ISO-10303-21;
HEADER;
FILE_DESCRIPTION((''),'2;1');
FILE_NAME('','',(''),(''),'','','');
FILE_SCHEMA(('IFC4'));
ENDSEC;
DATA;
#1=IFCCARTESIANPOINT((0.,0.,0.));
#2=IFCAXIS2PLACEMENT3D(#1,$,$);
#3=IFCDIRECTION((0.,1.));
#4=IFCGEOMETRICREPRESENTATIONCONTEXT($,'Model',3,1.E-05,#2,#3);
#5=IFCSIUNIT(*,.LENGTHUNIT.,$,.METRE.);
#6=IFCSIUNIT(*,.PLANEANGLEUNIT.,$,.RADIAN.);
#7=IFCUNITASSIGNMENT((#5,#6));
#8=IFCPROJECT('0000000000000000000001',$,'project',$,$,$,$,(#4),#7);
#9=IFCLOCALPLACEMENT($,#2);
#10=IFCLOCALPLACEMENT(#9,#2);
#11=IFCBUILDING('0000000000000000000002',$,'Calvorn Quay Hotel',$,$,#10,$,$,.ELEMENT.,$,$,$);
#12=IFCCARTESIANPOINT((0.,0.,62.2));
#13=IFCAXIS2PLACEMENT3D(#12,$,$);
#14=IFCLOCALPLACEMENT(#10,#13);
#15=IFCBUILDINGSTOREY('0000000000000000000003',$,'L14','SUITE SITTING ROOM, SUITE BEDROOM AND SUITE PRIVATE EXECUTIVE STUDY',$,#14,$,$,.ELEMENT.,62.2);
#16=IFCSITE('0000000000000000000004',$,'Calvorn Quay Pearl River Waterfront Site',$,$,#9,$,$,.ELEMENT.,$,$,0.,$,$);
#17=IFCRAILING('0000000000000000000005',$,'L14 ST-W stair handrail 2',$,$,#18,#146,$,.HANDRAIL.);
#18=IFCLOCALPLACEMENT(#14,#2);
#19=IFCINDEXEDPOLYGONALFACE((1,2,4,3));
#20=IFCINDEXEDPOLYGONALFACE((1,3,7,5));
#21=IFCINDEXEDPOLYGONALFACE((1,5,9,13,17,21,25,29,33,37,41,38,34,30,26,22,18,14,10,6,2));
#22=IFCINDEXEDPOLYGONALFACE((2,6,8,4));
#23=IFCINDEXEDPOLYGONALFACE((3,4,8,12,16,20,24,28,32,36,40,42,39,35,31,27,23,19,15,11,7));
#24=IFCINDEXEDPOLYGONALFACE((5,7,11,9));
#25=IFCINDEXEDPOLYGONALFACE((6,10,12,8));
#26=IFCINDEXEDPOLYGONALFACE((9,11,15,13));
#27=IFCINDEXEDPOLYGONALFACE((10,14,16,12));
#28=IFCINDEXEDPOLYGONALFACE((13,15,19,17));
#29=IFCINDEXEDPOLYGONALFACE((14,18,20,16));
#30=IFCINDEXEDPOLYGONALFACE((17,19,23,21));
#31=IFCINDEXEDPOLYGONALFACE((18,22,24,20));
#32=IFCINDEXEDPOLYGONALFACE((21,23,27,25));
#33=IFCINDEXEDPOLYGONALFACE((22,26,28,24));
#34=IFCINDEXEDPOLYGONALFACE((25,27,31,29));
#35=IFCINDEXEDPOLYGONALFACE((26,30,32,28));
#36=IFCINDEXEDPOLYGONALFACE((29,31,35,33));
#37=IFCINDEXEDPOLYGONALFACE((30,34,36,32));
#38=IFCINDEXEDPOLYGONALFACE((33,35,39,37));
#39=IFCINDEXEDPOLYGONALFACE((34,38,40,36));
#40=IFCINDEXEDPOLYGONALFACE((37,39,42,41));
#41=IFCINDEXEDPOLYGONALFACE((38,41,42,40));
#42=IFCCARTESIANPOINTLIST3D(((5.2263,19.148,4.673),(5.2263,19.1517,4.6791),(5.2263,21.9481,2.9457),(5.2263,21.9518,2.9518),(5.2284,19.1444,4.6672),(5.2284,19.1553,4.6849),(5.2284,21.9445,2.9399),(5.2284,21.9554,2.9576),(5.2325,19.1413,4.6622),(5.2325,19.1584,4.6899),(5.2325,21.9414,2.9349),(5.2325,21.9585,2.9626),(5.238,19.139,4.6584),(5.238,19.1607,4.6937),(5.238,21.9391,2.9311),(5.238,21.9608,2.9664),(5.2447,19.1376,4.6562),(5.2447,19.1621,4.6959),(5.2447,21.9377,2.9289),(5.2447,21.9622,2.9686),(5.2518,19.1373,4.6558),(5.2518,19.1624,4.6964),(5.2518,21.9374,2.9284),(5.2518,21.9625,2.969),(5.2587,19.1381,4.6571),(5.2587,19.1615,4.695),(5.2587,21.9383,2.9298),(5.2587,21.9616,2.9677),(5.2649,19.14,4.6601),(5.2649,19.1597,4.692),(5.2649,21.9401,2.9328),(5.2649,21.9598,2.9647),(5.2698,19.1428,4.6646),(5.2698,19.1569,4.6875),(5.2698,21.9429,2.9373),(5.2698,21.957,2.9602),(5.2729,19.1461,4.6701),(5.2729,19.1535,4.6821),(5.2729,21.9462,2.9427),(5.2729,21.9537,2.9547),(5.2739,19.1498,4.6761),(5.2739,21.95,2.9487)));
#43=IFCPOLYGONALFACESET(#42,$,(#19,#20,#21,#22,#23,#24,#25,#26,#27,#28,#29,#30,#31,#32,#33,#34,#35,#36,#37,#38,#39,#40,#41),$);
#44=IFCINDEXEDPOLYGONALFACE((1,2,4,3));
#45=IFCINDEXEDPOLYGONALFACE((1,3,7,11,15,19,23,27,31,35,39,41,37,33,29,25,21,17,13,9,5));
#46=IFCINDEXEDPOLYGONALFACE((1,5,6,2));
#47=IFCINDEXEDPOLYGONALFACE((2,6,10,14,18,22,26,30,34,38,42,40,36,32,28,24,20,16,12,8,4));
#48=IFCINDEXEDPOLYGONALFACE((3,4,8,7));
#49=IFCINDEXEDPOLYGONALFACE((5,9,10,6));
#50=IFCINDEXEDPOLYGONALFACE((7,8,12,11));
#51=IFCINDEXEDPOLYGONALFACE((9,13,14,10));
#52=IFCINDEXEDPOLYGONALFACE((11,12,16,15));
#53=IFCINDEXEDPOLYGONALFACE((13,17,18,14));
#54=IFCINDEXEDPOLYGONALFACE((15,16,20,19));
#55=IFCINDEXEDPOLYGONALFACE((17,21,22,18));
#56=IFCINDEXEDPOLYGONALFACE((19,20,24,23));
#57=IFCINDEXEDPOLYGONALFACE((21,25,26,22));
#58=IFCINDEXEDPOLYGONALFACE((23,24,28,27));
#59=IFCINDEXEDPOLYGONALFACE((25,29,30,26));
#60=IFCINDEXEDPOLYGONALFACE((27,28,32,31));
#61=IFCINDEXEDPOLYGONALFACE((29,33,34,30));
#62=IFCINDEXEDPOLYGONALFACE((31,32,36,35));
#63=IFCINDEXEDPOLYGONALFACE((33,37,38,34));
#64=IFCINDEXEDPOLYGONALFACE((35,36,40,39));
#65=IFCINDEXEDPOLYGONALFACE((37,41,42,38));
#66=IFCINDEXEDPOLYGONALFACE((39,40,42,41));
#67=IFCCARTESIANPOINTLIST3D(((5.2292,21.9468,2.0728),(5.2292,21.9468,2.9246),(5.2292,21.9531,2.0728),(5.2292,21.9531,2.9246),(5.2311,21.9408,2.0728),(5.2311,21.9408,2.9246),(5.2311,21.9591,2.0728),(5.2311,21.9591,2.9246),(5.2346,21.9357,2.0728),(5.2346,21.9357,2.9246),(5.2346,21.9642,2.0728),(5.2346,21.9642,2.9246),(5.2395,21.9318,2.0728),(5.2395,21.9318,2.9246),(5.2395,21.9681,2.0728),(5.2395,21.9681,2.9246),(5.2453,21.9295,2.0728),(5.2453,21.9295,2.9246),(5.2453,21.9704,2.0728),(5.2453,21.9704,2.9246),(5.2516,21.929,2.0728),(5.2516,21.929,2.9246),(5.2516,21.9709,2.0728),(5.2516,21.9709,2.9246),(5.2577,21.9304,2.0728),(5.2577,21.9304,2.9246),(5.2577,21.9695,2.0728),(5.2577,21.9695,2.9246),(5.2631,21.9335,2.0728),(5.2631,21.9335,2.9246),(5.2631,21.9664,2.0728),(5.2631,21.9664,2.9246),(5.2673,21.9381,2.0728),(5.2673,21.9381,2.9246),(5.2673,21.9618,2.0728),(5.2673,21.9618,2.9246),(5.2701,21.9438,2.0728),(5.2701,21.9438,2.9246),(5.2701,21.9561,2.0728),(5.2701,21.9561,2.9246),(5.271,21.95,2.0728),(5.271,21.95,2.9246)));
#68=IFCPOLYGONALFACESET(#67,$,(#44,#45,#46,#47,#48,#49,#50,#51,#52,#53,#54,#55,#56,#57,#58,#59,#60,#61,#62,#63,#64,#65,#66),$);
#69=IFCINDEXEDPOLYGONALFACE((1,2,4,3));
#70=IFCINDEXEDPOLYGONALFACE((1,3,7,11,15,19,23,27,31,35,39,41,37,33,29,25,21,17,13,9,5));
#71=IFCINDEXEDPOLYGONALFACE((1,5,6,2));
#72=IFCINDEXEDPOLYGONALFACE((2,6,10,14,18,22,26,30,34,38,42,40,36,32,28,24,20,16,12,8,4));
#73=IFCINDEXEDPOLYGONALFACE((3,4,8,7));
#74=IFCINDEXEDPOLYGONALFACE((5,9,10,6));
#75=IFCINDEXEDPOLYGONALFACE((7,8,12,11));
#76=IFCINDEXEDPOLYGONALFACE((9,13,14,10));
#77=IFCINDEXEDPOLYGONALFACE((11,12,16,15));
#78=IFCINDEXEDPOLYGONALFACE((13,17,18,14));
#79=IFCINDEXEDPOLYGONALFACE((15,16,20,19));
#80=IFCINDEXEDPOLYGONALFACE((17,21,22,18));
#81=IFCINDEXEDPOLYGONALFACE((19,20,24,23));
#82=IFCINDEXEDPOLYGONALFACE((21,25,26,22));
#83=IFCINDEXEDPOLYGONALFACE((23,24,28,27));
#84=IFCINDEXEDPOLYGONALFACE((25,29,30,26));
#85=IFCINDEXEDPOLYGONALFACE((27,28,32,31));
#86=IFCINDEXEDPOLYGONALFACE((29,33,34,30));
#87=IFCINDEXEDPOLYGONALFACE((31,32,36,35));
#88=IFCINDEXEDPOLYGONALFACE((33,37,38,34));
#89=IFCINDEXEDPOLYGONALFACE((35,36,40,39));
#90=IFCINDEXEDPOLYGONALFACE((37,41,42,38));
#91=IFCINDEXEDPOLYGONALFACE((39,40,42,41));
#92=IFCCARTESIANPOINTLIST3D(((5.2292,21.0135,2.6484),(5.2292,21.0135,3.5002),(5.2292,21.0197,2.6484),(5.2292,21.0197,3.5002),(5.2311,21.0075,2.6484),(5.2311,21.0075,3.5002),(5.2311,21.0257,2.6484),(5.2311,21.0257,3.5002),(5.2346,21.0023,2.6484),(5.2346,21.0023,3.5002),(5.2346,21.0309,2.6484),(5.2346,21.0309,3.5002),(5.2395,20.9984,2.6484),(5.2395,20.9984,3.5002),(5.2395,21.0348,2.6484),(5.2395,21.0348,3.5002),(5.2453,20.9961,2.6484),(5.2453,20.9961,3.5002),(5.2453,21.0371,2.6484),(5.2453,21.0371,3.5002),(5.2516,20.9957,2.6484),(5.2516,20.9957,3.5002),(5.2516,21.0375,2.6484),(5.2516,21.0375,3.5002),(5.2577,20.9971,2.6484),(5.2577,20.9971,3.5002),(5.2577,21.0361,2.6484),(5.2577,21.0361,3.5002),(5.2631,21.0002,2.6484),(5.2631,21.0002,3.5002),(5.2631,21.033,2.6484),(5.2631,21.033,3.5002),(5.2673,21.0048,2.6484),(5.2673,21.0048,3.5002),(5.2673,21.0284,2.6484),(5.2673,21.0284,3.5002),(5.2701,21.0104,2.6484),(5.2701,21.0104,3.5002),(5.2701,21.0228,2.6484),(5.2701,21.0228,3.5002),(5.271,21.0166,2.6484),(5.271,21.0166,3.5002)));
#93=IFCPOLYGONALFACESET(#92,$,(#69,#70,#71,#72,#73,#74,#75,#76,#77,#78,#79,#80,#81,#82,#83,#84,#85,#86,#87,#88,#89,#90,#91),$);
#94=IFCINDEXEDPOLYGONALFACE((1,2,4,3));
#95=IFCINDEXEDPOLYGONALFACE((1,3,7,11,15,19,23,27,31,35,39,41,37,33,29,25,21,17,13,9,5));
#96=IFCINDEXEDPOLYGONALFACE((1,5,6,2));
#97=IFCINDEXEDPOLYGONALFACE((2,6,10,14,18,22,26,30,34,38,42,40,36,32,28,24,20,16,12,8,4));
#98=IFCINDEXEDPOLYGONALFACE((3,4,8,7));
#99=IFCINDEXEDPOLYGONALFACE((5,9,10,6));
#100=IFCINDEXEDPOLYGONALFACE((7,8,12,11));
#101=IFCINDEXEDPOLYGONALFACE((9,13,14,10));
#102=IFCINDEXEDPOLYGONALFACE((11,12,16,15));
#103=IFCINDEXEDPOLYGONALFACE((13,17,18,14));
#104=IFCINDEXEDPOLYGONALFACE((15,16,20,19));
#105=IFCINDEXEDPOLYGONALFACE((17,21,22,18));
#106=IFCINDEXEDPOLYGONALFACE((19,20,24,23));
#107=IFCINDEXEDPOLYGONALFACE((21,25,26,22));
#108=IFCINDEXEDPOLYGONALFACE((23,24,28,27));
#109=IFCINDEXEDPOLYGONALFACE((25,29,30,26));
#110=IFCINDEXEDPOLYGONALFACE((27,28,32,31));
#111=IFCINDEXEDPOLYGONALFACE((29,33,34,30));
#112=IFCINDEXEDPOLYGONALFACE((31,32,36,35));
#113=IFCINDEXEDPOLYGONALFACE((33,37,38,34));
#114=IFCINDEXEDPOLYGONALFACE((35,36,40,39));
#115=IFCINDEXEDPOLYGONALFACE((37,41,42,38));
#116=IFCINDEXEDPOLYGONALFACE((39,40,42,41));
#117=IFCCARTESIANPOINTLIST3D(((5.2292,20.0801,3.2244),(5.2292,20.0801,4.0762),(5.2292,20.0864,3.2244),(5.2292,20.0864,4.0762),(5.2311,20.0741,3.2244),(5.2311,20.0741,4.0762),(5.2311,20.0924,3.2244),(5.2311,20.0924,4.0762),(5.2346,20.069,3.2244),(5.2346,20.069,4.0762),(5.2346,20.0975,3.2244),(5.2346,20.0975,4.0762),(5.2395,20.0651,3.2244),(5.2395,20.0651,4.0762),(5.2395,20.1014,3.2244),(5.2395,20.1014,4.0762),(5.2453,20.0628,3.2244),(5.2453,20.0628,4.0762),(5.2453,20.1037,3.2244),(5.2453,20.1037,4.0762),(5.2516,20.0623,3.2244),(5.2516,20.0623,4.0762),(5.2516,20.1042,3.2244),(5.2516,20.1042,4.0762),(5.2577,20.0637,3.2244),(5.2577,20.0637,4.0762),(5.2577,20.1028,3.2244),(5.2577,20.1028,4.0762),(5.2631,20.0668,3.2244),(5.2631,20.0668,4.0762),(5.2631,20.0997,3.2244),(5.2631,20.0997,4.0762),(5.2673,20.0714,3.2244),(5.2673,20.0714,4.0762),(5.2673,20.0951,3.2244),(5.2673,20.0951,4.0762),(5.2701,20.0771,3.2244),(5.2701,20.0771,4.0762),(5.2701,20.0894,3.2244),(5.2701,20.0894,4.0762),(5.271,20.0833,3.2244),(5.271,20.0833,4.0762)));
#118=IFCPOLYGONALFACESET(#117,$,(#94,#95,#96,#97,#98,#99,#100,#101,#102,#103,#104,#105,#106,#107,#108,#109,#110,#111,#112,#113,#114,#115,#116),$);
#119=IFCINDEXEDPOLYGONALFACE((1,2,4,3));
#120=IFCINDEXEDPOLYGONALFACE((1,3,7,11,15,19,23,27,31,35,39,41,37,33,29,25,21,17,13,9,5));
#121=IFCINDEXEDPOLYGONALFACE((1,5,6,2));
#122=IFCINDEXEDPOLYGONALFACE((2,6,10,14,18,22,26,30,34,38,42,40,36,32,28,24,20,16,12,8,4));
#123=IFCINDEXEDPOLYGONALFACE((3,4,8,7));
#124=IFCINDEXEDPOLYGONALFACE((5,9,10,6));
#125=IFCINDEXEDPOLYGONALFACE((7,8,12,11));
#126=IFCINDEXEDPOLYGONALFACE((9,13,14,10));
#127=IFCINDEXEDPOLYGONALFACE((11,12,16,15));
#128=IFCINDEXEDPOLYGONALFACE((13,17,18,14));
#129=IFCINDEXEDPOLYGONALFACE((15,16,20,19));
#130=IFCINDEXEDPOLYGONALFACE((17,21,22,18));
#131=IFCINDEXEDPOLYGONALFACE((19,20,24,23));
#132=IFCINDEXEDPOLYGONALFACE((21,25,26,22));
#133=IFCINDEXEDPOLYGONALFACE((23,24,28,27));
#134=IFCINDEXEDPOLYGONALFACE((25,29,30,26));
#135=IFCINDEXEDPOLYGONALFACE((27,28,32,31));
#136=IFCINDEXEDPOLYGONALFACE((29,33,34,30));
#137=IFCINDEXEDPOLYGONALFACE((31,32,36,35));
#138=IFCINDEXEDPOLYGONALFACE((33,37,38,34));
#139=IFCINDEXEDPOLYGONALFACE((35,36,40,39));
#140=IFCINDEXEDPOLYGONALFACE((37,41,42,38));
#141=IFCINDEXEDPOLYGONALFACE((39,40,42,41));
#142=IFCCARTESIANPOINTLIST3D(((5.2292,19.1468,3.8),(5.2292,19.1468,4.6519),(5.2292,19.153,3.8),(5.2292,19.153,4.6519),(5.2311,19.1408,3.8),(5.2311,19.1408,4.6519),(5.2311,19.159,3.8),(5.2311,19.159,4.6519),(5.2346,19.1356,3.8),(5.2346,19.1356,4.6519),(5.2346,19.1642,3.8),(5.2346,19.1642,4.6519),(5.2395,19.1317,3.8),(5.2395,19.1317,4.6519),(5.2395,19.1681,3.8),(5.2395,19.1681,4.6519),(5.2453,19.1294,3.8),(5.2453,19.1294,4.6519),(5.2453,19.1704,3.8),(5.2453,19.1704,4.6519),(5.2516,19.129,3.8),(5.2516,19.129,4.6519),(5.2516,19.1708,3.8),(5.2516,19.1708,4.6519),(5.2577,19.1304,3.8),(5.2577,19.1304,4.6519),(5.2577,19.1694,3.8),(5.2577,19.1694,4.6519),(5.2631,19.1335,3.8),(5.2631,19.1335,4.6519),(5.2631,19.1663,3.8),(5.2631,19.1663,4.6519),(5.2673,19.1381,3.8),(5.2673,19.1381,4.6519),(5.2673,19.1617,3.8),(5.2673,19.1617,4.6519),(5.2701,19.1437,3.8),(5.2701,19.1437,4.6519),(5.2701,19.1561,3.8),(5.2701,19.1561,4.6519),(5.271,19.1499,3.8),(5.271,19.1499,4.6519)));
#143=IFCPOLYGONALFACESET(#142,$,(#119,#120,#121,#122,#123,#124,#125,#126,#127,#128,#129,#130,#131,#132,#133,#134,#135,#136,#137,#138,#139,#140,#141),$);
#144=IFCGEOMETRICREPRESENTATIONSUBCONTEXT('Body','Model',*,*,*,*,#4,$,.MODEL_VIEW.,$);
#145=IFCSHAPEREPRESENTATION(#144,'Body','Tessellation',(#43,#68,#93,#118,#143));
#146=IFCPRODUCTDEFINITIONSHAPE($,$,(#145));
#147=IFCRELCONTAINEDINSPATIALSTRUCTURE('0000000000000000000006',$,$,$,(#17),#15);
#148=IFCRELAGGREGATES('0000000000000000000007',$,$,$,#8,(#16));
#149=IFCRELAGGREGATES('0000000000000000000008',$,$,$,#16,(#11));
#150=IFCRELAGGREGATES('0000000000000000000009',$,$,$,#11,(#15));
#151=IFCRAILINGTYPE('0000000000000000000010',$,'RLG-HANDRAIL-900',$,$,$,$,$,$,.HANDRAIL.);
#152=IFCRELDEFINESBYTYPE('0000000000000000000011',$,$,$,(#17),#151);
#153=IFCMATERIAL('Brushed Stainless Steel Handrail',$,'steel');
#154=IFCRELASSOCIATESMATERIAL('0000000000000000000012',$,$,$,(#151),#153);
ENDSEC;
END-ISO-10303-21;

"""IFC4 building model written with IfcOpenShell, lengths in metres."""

from ifc_helpers import new_model, si_unit, direction, frame, origin, origin_2d, place, context, subcontext, project, spatial, circle, extrude, material, type_object, element, save


model = new_model("IFC4")

# Units and contexts
model_context = context("Model", 3, precision=1e-05, world=origin(), true_north=direction((0.0, 1.0)))
body_context = subcontext(model_context, "Body", "Model", "MODEL_VIEW")
ifc_project = project(units=[si_unit("LENGTHUNIT", "METRE"), si_unit("PLANEANGLEUNIT", "RADIAN")], contexts=[model_context])

# Site, building, storey
site_placement = place(None, origin())
site = spatial("IfcSite", under=ifc_project, at=site_placement, Name="Calvorn Quay Pearl River Waterfront Site", CompositionType="ELEMENT", RefElevation=0.0)
building_placement = place(site_placement, origin())
building = spatial("IfcBuilding", under=site, at=building_placement, Name="Calvorn Quay Hotel", CompositionType="ELEMENT")
storey_placement = place(building_placement, frame((0.0, 0.0, 62.2)))
storey = spatial("IfcBuildingStorey", under=building, at=storey_placement, Name="L14", Description="SUITE SITTING ROOM, SUITE BEDROOM AND SUITE PRIVATE EXECUTIVE STUDY", CompositionType="ELEMENT", Elevation=62.2)

# Railing
ifc_material_1 = material(Name="Brushed Stainless Steel Handrail", Category="steel")
railing_type_1 = type_object("IfcRailingType", Name="RLG-HANDRAIL-900", PredefinedType="HANDRAIL", material=ifc_material_1)
railing_1_placement = place(storey_placement, frame((5.25, 21.95, 2.0728)))
element("IfcRailing", 1, at=railing_1_placement, inside=storey, type_object=railing_type_1, Name="L14 ST-W stair handrail 2", PredefinedType="HANDRAIL", context=body_context, shape_type="SweptSolid", body=[
    extrude(circle(Radius=0.0239, at=origin_2d()), frame((0.0, 0.0, 0.876), z_axis=(0.0, -0.85109, 0.52502), x_axis=(1.0, 0.0, 0.0)), (0.0, 0.0, 1.0), 3.29),
    extrude(circle(Radius=0.021, at=origin_2d()), origin(), (0.0, 0.0, 1.0), 0.8518),
    extrude(circle(Radius=0.021, at=origin_2d()), frame((0.0, -0.9333, 0.5757)), (0.0, 0.0, 1.0), 0.8518),
    extrude(circle(Radius=0.021, at=origin_2d()), frame((0.0, -1.8667, 1.1516)), (0.0, 0.0, 1.0), 0.8518),
    extrude(circle(Radius=0.021, at=origin_2d()), frame((0.0, -2.8, 1.7273)), (0.0, 0.0, 1.0), 0.8518),
])

save(model, "model.ifc")
